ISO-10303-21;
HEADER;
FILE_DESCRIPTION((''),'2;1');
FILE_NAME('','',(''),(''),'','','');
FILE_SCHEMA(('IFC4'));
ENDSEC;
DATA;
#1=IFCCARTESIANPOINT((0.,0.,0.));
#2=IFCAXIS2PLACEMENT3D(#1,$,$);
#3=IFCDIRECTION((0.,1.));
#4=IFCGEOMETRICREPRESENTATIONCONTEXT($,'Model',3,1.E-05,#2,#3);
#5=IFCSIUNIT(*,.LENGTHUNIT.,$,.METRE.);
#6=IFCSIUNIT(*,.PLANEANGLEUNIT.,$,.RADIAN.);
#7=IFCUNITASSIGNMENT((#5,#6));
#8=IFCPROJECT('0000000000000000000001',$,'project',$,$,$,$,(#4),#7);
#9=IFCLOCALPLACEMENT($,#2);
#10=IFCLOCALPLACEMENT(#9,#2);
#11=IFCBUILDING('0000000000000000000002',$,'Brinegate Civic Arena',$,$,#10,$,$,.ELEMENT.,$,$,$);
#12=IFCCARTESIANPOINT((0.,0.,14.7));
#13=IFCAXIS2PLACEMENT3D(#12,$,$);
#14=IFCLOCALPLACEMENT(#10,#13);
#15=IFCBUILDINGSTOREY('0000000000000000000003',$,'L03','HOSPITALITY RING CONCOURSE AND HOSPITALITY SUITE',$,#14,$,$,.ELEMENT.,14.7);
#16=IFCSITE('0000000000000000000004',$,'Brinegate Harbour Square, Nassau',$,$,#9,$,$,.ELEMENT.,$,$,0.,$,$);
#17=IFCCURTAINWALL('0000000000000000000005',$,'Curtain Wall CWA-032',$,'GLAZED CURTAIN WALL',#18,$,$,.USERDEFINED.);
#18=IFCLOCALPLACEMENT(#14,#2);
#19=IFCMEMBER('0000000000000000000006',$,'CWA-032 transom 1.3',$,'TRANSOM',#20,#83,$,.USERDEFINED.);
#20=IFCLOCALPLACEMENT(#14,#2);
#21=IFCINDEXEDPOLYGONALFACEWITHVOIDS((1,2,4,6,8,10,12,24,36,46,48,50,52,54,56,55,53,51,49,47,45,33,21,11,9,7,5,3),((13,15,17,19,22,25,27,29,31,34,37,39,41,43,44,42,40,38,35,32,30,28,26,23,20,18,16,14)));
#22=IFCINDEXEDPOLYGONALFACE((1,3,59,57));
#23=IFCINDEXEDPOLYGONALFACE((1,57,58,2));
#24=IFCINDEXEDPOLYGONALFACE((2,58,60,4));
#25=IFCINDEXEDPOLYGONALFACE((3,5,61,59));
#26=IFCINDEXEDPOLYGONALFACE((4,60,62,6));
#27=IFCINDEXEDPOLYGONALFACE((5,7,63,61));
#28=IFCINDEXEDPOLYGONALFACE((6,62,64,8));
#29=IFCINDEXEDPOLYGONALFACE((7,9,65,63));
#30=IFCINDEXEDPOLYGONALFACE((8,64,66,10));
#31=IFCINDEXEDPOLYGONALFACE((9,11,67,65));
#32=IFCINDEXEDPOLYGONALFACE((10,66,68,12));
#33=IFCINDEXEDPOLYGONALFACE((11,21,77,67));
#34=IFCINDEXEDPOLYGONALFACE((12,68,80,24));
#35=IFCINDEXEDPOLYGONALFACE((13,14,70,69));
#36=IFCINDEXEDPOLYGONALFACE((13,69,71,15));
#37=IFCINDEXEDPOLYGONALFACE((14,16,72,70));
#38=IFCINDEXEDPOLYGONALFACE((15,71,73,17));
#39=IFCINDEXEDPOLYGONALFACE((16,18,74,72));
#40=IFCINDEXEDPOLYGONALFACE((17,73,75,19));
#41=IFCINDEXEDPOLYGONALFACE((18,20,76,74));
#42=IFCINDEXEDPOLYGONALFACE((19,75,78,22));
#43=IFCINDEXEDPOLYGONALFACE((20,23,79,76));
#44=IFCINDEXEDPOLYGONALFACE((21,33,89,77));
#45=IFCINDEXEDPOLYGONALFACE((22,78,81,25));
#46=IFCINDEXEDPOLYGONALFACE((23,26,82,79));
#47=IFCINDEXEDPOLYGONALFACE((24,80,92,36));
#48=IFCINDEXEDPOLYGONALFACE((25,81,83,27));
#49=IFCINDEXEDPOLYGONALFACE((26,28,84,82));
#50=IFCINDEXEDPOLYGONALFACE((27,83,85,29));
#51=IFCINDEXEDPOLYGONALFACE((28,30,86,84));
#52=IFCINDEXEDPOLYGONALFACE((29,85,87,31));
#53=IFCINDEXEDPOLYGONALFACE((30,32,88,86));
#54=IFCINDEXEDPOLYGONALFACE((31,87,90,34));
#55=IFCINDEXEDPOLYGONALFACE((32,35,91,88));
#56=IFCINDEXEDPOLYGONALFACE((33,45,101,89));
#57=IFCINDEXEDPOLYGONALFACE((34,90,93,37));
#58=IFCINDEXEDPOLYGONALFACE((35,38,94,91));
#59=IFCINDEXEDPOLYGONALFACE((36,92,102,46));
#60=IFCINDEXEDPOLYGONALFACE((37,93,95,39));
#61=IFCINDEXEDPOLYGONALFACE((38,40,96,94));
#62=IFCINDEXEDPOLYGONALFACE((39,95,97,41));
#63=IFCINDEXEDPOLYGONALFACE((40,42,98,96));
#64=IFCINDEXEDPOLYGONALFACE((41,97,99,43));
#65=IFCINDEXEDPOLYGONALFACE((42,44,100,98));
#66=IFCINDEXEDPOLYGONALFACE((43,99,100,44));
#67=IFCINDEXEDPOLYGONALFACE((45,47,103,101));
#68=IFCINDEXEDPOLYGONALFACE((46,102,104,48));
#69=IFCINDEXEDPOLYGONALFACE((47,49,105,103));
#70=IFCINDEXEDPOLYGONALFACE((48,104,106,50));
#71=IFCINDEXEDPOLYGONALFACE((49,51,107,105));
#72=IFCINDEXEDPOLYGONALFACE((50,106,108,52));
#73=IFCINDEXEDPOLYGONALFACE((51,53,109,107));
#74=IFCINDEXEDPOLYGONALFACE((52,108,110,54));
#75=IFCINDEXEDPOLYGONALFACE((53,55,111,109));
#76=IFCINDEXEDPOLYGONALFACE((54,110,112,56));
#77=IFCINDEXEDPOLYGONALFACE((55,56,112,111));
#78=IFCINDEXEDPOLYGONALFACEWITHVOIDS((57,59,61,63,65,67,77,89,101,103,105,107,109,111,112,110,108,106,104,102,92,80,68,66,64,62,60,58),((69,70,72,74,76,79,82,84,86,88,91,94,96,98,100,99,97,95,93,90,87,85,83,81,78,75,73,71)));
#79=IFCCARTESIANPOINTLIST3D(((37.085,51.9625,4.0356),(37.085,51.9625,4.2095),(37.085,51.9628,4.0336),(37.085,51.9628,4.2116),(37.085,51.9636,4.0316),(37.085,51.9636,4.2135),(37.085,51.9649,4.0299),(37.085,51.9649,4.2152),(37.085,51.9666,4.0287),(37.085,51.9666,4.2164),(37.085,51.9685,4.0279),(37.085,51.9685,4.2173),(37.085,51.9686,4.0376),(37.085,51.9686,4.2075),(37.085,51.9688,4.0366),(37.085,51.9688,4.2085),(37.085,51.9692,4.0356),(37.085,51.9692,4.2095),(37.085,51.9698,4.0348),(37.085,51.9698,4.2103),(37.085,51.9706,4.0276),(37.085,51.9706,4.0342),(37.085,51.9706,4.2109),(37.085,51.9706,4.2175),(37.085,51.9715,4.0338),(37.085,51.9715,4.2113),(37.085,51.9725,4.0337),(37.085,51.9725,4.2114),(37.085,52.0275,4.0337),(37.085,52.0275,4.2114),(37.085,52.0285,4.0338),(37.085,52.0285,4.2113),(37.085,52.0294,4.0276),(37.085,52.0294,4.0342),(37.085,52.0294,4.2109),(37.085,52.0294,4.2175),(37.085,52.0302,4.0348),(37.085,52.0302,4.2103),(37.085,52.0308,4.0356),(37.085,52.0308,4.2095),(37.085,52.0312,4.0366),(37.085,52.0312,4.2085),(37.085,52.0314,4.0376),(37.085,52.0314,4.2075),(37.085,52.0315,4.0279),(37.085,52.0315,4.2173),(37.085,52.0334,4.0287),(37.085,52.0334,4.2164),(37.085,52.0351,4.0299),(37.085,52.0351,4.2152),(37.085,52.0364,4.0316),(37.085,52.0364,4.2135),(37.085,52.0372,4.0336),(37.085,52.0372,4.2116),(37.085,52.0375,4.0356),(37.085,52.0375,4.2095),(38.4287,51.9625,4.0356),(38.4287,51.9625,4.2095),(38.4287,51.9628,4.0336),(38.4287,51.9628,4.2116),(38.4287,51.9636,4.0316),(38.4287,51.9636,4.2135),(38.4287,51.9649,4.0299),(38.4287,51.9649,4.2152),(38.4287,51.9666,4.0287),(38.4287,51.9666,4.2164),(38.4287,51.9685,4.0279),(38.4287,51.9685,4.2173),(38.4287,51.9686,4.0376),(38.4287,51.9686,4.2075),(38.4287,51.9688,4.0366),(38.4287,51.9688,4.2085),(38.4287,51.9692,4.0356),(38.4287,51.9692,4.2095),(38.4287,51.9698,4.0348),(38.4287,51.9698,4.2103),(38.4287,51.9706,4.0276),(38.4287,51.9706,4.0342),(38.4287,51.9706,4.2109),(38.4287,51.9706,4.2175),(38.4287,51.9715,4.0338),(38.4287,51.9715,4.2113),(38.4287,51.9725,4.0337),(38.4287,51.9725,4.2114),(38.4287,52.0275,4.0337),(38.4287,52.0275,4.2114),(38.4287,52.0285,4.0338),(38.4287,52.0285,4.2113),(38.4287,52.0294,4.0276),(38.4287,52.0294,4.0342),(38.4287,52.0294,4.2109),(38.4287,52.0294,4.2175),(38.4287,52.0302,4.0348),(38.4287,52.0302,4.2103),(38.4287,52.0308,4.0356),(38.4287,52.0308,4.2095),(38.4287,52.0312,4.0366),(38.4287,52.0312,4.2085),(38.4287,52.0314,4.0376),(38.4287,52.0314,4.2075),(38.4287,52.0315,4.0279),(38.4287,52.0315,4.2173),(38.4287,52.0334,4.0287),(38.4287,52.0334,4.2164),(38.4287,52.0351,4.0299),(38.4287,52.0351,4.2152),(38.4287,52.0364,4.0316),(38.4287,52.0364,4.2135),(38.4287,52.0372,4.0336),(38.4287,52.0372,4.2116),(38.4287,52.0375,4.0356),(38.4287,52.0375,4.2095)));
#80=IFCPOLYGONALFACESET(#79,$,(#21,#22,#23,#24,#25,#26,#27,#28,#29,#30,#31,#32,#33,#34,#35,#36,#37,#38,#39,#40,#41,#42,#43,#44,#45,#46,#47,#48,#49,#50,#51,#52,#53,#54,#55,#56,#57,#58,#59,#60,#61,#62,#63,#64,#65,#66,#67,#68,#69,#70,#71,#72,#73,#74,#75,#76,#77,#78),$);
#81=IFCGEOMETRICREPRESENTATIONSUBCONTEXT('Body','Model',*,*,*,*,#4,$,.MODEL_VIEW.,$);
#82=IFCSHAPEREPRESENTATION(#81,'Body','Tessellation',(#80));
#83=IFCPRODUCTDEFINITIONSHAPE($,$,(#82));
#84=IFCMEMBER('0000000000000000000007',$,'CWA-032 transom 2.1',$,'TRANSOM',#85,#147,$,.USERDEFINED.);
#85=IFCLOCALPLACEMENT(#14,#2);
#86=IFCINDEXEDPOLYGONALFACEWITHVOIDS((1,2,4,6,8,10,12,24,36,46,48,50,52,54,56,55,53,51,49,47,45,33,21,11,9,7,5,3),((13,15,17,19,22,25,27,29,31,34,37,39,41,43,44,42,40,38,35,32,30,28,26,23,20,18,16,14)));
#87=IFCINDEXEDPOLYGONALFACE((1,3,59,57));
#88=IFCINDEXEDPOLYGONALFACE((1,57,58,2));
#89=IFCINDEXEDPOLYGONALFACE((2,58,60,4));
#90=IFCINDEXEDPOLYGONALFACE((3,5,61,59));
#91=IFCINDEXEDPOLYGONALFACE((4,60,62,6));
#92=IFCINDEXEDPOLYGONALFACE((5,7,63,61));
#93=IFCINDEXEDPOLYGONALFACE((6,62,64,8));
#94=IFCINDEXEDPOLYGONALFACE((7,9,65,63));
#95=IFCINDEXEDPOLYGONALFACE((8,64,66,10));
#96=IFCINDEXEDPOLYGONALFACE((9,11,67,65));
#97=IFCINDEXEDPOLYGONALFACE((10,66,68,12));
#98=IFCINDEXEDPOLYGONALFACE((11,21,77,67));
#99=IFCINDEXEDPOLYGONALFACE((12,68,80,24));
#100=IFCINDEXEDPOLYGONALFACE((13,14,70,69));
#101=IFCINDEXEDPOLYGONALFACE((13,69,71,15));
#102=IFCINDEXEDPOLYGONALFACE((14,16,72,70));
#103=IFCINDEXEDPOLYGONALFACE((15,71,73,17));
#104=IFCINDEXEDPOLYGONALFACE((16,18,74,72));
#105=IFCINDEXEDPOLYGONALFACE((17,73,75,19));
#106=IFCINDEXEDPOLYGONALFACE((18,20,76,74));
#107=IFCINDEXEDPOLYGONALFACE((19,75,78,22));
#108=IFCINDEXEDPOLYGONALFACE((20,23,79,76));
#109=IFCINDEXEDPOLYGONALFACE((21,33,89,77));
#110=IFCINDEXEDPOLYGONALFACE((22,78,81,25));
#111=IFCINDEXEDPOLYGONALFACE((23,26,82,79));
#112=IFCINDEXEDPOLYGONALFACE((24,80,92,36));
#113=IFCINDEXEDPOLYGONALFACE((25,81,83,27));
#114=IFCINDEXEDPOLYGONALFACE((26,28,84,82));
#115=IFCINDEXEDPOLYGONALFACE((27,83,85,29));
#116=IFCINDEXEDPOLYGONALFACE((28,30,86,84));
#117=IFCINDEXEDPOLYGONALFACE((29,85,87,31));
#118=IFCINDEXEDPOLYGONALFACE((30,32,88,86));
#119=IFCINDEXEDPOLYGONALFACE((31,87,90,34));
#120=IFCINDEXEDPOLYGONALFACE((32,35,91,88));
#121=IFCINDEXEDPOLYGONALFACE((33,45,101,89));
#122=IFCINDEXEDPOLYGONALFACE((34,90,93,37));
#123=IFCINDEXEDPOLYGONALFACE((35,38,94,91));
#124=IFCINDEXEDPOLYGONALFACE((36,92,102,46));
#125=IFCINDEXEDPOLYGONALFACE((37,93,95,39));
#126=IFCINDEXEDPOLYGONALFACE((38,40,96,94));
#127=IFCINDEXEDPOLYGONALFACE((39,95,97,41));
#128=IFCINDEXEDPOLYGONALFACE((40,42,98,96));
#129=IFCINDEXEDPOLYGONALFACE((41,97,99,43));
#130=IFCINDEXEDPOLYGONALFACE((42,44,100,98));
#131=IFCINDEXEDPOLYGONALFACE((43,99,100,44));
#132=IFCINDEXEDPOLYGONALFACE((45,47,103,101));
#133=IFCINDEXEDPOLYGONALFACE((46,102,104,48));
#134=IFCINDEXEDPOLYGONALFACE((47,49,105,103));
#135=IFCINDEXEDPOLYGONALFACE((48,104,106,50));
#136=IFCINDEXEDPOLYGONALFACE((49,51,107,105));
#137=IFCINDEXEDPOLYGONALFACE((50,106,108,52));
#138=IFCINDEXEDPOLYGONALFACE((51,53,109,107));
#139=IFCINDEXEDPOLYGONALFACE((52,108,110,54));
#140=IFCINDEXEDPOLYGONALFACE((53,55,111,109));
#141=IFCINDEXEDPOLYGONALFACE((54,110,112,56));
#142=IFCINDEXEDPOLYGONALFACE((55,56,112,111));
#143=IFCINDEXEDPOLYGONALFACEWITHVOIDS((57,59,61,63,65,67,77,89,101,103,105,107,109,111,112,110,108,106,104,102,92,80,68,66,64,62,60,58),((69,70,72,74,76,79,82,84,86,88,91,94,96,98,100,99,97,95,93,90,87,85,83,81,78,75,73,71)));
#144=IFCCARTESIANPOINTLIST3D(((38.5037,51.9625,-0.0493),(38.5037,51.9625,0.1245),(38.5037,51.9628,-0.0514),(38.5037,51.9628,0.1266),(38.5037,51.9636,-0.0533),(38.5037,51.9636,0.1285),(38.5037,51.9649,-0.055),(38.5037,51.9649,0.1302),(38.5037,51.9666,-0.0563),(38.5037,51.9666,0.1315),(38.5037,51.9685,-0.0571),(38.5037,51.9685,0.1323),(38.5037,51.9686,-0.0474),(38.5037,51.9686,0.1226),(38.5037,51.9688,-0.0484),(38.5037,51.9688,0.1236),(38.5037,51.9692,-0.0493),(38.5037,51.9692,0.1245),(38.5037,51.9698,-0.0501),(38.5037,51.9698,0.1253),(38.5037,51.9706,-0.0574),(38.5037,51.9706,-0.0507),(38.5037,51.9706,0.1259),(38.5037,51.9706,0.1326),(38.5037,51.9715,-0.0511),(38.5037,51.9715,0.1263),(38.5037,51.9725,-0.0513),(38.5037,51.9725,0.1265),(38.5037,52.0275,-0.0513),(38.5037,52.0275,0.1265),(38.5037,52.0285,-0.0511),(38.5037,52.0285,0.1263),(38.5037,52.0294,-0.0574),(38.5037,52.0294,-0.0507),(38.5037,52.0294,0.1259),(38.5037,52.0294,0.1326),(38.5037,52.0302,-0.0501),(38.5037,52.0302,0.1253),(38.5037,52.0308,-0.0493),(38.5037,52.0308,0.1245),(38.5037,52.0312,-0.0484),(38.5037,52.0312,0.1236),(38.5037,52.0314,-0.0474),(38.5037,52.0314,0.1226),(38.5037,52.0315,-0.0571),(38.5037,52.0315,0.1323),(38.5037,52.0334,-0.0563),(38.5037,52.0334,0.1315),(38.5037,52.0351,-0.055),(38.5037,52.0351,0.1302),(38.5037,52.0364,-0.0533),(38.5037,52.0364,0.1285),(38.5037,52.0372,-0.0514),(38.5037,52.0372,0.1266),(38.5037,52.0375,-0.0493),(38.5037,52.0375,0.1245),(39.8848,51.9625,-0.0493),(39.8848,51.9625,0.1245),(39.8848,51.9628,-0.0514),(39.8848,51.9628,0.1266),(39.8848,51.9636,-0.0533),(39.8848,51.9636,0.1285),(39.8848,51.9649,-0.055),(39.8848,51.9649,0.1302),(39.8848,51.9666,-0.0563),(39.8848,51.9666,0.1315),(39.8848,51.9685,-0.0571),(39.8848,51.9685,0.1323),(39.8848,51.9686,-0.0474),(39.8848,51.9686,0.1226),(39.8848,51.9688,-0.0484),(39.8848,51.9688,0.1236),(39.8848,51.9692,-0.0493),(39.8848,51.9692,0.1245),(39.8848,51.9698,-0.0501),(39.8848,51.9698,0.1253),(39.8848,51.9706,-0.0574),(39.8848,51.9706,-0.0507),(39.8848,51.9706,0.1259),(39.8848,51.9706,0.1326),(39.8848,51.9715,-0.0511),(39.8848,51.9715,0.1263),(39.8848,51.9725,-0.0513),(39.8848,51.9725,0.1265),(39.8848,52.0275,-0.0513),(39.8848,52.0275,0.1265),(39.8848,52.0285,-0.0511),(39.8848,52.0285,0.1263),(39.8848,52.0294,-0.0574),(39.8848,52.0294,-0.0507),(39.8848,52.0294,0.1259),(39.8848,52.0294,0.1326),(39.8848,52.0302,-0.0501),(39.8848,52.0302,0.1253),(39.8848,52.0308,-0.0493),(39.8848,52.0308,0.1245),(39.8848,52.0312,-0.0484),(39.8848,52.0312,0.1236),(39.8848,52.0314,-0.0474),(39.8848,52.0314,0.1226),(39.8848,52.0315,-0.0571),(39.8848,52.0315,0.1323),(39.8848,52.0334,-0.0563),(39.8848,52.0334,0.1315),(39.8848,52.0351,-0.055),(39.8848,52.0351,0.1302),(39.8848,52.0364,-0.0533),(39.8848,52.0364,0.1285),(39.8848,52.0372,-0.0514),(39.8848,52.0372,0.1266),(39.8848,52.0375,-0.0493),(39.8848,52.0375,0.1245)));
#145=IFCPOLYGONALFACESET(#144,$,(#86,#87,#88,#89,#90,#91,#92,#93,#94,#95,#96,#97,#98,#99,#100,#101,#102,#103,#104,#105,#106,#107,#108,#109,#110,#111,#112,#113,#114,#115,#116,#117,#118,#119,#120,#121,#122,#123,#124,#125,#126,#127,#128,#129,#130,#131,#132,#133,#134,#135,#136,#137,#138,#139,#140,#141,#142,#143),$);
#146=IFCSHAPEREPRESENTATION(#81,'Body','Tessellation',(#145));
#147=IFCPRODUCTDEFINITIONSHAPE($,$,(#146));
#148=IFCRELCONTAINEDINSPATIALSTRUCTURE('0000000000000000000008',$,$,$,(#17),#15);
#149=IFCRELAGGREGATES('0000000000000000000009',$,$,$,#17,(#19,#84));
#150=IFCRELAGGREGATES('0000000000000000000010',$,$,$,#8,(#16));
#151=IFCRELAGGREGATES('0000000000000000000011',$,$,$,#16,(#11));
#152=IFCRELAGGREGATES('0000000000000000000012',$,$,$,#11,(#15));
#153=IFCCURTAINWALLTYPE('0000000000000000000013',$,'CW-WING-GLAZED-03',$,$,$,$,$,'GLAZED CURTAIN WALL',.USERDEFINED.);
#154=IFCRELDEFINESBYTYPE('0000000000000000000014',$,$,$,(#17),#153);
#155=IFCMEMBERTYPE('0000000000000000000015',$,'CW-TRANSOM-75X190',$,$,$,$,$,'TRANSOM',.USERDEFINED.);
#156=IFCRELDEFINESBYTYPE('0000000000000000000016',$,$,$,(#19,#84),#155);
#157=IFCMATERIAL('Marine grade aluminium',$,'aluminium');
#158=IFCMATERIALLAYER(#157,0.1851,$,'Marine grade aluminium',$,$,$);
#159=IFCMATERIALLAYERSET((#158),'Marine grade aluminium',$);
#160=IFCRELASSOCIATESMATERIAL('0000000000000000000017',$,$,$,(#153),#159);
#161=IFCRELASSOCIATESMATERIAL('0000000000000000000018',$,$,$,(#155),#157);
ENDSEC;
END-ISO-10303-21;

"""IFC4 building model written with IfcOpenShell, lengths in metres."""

from ifc_helpers import new_model, si_unit, direction, frame, origin, origin_2d, place, context, subcontext, project, spatial, hollow_rectangle, extrude, material, layer, layer_set, material_profile, profile_set, type_object, element, aggregate, save


model = new_model("IFC4")

# Units and contexts
model_context = context("Model", 3, precision=1e-05, world=origin(), true_north=direction((0.0, 1.0)))
body_context = subcontext(model_context, "Body", "Model", "MODEL_VIEW")
ifc_project = project(units=[si_unit("LENGTHUNIT", "METRE"), si_unit("PLANEANGLEUNIT", "RADIAN")], contexts=[model_context])

# Site, building, storey
site_placement = place(None, origin())
site = spatial("IfcSite", under=ifc_project, at=site_placement, Name="Brinegate Harbour Square, Nassau", CompositionType="ELEMENT", RefElevation=0.0)
building_placement = place(site_placement, origin())
building = spatial("IfcBuilding", under=site, at=building_placement, Name="Brinegate Civic Arena", CompositionType="ELEMENT")
storey_placement = place(building_placement, frame((0.0, 0.0, 14.7)))
storey = spatial("IfcBuildingStorey", under=building, at=storey_placement, Name="L03", Description="HOSPITALITY RING CONCOURSE AND HOSPITALITY SUITE", CompositionType="ELEMENT", Elevation=14.7)

# Curtain wall, members
ifc_material_1 = material(Name="Marine grade aluminium", Category="aluminium")
ifc_layer_1 = layer(ifc_material_1, 0.1851, Name="Marine grade aluminium")
ifc_layer_set_1 = layer_set([ifc_layer_1], Name="Marine grade aluminium")
curtain_wall_type = type_object("IfcCurtainWallType", Name="CW-WING-GLAZED-03", ElementType="GLAZED CURTAIN WALL", PredefinedType="USERDEFINED", material=ifc_layer_set_1)
curtain_wall_placement = place(storey_placement, origin())
curtain_wall = element("IfcCurtainWall", 1, at=curtain_wall_placement, inside=storey, type_object=curtain_wall_type, Name="Curtain Wall CWA-032", ObjectType="GLAZED CURTAIN WALL", PredefinedType="USERDEFINED")
ifc_material_profile_1 = material_profile(ifc_material_1, hollow_rectangle(XDim=0.075, YDim=0.1899, WallThickness=0.0061, InnerFilletRadius=0.0039, OuterFilletRadius=0.0081, at=origin_2d()), Name="TRN75X190")
ifc_profile_set_1 = profile_set([ifc_material_profile_1], Name="Marine grade aluminium")
member_type_1 = type_object("IfcMemberType", Name="CW-TRANSOM-75X190", ElementType="TRANSOM", PredefinedType="USERDEFINED", material=ifc_profile_set_1)
member_1_placement = place(storey_placement, frame((37.085, 52.0, 4.1226), z_axis=(1.0, 0.0, 0.0), x_axis=(0.0, 1.0, 0.0)))
member_1 = element("IfcMember", 2, at=member_1_placement, type_object=member_type_1, Name="CWA-032 transom 1.3", ObjectType="TRANSOM", PredefinedType="USERDEFINED", context=body_context, shape_type="SweptSolid", body=[
    extrude(hollow_rectangle(XDim=0.075, YDim=0.1899, WallThickness=0.0061, InnerFilletRadius=0.0039, OuterFilletRadius=0.0081, at=origin_2d()), origin(), (0.0, 0.0, 1.0), 1.3438),
])
member_2_placement = place(storey_placement, frame((38.5037, 52.0, 0.0376), z_axis=(1.0, 0.0, 0.0), x_axis=(0.0, 1.0, 0.0)))
member_2 = element("IfcMember", 3, at=member_2_placement, type_object=member_type_1, Name="CWA-032 transom 2.1", ObjectType="TRANSOM", PredefinedType="USERDEFINED", context=body_context, shape_type="SweptSolid", body=[
    extrude(hollow_rectangle(XDim=0.075, YDim=0.1899, WallThickness=0.0061, InnerFilletRadius=0.0039, OuterFilletRadius=0.0081, at=origin_2d()), origin(), (0.0, 0.0, 1.0), 1.3811),
])
aggregate(curtain_wall, [member_1, member_2])

save(model, "model.ifc")
